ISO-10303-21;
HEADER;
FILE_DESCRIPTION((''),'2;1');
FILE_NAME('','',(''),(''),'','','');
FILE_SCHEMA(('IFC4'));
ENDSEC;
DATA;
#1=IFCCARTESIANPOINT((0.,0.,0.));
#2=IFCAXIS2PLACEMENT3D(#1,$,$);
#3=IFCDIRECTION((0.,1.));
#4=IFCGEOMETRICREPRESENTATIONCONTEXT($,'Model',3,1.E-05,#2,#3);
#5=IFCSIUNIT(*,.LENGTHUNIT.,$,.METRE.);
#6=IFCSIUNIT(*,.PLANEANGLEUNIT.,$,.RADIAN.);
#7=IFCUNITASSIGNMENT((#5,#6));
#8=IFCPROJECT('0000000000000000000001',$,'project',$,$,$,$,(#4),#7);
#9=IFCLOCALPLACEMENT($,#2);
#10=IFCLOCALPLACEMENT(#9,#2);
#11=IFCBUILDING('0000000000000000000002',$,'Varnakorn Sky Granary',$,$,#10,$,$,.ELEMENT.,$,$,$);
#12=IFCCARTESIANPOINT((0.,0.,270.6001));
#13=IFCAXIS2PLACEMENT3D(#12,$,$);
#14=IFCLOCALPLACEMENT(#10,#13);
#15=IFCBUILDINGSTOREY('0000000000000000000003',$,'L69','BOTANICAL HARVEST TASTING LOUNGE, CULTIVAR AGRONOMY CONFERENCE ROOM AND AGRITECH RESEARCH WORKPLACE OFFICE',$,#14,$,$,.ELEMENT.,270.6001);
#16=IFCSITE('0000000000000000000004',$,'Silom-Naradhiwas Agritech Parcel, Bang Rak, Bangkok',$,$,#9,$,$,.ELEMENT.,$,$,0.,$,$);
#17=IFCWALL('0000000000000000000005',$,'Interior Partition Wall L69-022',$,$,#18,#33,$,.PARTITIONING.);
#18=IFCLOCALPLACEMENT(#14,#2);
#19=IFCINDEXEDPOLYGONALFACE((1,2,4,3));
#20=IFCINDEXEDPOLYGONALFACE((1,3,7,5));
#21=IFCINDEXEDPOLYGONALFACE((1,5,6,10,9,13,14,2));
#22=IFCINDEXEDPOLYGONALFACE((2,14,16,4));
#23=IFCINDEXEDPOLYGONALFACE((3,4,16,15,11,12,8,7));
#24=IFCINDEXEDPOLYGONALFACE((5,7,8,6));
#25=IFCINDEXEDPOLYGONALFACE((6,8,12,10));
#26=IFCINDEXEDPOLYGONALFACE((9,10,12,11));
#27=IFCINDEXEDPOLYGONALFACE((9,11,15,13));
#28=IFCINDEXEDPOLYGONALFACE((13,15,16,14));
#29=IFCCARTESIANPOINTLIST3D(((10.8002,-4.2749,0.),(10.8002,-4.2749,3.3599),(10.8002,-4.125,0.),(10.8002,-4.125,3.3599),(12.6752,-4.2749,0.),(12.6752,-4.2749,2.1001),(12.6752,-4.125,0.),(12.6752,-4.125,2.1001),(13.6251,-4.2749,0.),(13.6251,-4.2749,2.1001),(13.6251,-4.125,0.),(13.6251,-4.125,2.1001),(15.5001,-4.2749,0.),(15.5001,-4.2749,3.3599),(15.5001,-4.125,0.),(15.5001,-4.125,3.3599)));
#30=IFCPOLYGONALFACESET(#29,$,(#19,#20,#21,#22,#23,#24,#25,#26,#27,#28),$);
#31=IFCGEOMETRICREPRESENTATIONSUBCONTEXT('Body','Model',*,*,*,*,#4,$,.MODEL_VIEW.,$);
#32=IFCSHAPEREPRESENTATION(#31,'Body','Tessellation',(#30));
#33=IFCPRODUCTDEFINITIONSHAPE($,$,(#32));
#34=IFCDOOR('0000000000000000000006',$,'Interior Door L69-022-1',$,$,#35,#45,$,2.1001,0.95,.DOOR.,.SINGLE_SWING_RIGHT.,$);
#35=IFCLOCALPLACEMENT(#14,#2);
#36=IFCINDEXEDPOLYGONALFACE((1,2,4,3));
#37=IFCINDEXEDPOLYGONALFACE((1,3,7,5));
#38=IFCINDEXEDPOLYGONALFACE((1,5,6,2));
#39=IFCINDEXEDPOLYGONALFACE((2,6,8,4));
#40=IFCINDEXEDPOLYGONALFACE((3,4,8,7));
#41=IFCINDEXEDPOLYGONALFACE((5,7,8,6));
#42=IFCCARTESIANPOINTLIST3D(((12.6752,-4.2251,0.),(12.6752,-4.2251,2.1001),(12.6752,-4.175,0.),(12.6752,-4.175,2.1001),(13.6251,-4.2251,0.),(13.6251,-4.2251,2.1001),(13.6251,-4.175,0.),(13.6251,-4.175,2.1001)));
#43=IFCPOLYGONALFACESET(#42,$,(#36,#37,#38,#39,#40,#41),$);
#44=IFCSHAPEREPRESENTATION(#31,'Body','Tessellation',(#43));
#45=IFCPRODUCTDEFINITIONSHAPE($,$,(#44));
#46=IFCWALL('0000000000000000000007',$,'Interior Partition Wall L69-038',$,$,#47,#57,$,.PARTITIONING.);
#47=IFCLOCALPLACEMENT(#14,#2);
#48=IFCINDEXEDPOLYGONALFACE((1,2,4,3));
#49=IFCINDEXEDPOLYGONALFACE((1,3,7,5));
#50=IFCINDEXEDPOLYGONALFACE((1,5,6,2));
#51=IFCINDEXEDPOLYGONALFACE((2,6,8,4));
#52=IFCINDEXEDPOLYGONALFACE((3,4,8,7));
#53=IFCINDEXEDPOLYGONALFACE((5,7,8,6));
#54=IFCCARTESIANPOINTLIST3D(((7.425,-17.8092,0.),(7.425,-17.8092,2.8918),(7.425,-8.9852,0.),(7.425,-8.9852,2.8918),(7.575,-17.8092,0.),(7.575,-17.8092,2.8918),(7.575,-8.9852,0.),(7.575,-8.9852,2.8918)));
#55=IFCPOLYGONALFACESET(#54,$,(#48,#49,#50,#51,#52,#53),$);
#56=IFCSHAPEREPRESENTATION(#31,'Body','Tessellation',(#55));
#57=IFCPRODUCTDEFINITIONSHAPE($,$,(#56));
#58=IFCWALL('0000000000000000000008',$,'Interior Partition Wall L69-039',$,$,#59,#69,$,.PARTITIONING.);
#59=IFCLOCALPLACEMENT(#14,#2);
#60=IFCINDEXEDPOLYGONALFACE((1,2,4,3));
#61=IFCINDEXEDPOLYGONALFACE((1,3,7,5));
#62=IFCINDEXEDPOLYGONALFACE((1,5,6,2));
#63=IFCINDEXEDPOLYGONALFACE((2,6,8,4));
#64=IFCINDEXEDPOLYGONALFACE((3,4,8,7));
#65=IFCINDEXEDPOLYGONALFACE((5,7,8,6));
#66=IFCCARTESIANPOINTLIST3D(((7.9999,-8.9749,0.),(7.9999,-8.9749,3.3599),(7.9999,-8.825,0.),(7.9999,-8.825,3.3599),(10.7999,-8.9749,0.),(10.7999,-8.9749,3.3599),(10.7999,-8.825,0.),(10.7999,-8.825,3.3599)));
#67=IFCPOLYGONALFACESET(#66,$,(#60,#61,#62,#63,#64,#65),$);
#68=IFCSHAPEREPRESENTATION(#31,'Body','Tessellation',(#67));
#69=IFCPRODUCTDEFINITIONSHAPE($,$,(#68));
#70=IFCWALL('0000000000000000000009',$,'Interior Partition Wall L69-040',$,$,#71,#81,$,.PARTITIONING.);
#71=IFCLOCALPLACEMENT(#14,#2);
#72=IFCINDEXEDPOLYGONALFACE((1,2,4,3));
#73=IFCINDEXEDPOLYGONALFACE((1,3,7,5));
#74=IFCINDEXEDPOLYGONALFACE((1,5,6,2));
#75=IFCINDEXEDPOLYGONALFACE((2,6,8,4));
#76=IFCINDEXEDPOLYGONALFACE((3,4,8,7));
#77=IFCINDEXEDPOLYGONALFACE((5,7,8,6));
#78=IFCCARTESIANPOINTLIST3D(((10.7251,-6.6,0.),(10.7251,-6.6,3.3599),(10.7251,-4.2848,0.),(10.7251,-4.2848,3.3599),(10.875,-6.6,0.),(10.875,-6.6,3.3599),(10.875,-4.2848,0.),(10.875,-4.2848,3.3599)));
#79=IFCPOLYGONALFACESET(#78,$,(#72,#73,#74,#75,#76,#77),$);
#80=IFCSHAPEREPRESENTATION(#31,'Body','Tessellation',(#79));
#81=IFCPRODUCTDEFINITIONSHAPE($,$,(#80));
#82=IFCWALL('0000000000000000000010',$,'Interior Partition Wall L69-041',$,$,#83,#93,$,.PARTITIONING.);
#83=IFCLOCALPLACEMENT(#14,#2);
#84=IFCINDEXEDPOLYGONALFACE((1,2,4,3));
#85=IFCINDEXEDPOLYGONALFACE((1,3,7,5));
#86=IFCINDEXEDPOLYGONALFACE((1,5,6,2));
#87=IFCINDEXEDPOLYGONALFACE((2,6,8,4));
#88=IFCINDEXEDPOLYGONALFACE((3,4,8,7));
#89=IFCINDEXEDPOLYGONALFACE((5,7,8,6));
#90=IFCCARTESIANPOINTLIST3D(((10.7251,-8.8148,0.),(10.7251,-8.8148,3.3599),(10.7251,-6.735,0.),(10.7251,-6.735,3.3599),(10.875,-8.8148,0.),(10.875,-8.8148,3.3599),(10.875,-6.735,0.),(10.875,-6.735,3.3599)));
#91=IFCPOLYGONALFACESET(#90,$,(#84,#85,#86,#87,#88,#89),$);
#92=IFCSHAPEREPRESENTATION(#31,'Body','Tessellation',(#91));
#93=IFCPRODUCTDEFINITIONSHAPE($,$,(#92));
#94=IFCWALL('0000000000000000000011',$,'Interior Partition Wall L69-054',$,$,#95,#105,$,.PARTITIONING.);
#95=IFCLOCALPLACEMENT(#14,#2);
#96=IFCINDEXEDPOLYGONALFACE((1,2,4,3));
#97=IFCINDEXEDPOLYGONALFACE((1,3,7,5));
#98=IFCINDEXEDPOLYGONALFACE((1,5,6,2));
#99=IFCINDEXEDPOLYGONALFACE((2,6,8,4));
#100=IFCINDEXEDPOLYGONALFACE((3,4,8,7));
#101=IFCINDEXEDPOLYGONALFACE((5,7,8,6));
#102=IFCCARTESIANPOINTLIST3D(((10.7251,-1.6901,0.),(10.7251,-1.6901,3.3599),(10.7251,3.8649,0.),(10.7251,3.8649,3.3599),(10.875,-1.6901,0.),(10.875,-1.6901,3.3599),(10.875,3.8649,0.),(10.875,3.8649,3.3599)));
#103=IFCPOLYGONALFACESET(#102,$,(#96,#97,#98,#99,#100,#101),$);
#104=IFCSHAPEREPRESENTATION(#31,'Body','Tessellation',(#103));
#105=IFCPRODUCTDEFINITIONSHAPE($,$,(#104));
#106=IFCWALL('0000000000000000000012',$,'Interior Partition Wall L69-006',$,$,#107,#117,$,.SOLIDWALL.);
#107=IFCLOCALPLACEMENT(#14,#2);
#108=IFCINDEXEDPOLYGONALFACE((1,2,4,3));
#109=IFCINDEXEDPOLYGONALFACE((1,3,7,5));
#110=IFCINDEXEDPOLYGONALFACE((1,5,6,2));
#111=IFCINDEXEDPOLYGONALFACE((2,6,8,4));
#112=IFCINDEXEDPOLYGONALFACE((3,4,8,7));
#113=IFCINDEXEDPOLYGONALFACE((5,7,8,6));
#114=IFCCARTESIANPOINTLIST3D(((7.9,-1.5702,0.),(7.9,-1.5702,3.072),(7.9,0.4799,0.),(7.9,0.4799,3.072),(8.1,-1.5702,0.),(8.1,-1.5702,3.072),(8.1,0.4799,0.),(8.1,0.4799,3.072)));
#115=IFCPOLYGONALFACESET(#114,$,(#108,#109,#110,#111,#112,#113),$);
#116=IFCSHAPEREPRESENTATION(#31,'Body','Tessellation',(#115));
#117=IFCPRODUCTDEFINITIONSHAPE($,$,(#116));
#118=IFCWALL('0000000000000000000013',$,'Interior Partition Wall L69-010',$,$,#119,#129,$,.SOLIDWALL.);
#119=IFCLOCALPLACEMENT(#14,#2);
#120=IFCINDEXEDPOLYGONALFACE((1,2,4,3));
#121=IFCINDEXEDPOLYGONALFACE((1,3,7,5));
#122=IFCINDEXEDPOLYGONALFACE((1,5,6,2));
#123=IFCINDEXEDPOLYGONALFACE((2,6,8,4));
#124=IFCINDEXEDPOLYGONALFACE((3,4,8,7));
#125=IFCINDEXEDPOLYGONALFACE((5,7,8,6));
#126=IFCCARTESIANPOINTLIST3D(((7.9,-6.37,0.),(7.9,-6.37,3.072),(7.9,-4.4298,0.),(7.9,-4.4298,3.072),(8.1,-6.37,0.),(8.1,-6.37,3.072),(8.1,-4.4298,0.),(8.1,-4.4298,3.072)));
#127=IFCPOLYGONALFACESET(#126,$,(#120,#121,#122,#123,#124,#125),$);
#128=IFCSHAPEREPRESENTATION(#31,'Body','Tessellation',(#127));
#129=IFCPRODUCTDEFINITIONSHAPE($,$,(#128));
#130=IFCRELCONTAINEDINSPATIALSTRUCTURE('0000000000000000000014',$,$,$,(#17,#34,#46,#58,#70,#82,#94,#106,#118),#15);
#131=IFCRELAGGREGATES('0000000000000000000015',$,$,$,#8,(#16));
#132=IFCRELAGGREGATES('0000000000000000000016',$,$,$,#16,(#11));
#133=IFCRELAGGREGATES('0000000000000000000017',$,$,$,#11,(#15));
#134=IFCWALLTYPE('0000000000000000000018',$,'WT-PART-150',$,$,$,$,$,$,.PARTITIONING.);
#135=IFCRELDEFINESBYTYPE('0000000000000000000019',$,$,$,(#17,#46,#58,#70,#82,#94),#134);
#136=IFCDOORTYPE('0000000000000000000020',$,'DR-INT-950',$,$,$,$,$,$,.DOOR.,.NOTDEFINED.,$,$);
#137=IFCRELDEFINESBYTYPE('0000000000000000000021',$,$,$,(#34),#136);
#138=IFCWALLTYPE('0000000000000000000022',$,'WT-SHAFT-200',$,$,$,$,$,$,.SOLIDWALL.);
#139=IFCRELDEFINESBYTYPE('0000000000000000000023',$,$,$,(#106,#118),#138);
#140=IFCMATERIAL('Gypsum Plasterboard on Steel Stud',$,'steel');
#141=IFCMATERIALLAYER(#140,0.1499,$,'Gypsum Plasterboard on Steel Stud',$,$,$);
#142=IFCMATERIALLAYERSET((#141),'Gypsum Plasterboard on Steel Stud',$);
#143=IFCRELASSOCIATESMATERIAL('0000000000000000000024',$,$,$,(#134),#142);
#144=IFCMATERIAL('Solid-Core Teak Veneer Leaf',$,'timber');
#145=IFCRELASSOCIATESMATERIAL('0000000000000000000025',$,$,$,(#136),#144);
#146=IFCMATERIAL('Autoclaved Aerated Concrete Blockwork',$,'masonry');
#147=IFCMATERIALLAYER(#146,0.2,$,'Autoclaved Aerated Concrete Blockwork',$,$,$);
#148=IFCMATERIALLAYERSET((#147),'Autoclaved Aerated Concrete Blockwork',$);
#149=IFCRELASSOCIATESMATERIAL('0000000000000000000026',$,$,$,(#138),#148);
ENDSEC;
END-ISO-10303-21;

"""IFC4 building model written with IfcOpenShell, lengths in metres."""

from ifc_helpers import new_model, si_unit, direction, frame, frame_2d, origin, place, context, subcontext, project, spatial, rectangle, extrude, material, layer, layer_set, type_object, element, fill, save


model = new_model("IFC4")

# Units and contexts
model_context = context("Model", 3, precision=1e-05, world=origin(), true_north=direction((0.0, 1.0)))
body_context = subcontext(model_context, "Body", "Model", "MODEL_VIEW")
ifc_project = project(units=[si_unit("LENGTHUNIT", "METRE"), si_unit("PLANEANGLEUNIT", "RADIAN")], contexts=[model_context])

# Site, building, storey
site_placement = place(None, origin())
site = spatial("IfcSite", under=ifc_project, at=site_placement, Name="Silom-Naradhiwas Agritech Parcel, Bang Rak, Bangkok", CompositionType="ELEMENT", RefElevation=0.0)
building_placement = place(site_placement, origin())
building = spatial("IfcBuilding", under=site, at=building_placement, Name="Varnakorn Sky Granary", CompositionType="ELEMENT")
storey_placement = place(building_placement, frame((0.0, 0.0, 270.6001)))
storey = spatial("IfcBuildingStorey", under=building, at=storey_placement, Name="L69", Description="BOTANICAL HARVEST TASTING LOUNGE, CULTIVAR AGRONOMY CONFERENCE ROOM AND AGRITECH RESEARCH WORKPLACE OFFICE", CompositionType="ELEMENT", Elevation=270.6001)

# Wall, opening, door
ifc_material_1 = material(Name="Autoclaved Aerated Concrete Blockwork", Category="masonry")
ifc_material_2 = material(Name="Gypsum Plasterboard on Steel Stud", Category="steel")
ifc_layer_1 = layer(ifc_material_2, 0.1499, Name="Gypsum Plasterboard on Steel Stud")
ifc_layer_set_1 = layer_set([ifc_layer_1], Name="Gypsum Plasterboard on Steel Stud")
wall_type_1 = type_object("IfcWallType", Name="WT-PART-150", PredefinedType="PARTITIONING", material=ifc_layer_set_1)
wall_1_placement = place(storey_placement, frame((10.8, -4.2, 0.0), z_axis=(0.0, 0.0, 1.0), x_axis=(1.0, 0.0, 0.0)))
wall_1 = element("IfcWall", 1, at=wall_1_placement, inside=storey, type_object=wall_type_1, Name="Interior Partition Wall L69-022", PredefinedType="PARTITIONING", context=body_context, shape_type="SweptSolid", body=[
    extrude(rectangle(XDim=4.7, YDim=0.1499, at=frame_2d((2.3501, 0.0))), origin(), (0.0, 0.0, 1.0), 3.3599),
])
opening_1_placement = place(wall_1_placement, frame((1.875, 0.0, 0.0)))
opening_1 = element("IfcOpeningElement", 2, at=opening_1_placement, cuts=wall_1, PredefinedType="OPENING", context=body_context, shape_type="SweptSolid", body=[
    extrude(rectangle(XDim=0.95, YDim=2.1001, at=frame_2d((0.4751, 1.05))), frame((0.0, 0.085, 0.0), z_axis=(0.0, -1.0, 0.0), x_axis=(1.0, 0.0, 0.0)), (0.0, 0.0, 1.0), 0.1699),
])
ifc_material_3 = material(Name="Solid-Core Teak Veneer Leaf", Category="timber")
door_type_1 = type_object("IfcDoorType", Name="DR-INT-950", OperationType="NOTDEFINED", PredefinedType="DOOR", material=ifc_material_3)
door_1_placement = place(opening_1_placement, origin())
door_1 = element("IfcDoor", 3, at=door_1_placement, inside=storey, type_object=door_type_1, Name="Interior Door L69-022-1", OperationType="SINGLE_SWING_RIGHT", OverallHeight=2.1001, OverallWidth=0.95, PredefinedType="DOOR", context=body_context, shape_type="SweptSolid", body=[
    extrude(rectangle(XDim=0.95, YDim=2.1001, at=frame_2d((0.4751, 1.05))), frame((0.0, 0.0249, 0.0), z_axis=(0.0, -1.0, 0.0), x_axis=(1.0, 0.0, 0.0)), (0.0, 0.0, 1.0), 0.05),
])
fill(opening_1, door_1)

# Walls
wall_2_placement = place(storey_placement, frame((7.5, -8.9851, 0.0), z_axis=(0.0, 0.0, 1.0), x_axis=(0.0, -1.0, 0.0)))
element("IfcWall", 4, at=wall_2_placement, inside=storey, type_object=wall_type_1, Name="Interior Partition Wall L69-038", PredefinedType="PARTITIONING", context=body_context, shape_type="SweptSolid", body=[
    extrude(rectangle(XDim=8.824, YDim=0.1499, at=frame_2d((4.4121, 0.0))), origin(), (0.0, 0.0, 1.0), 2.8918),
])
wall_3_placement = place(storey_placement, frame((8.0, -8.8999, 0.0), z_axis=(0.0, 0.0, 1.0), x_axis=(1.0, 0.0, 0.0)))
element("IfcWall", 5, at=wall_3_placement, inside=storey, type_object=wall_type_1, Name="Interior Partition Wall L69-039", PredefinedType="PARTITIONING", context=body_context, shape_type="SweptSolid", body=[
    extrude(rectangle(XDim=2.8, YDim=0.1499, at=frame_2d((1.3999, 0.0))), origin(), (0.0, 0.0, 1.0), 3.3599),
])
wall_4_placement = place(storey_placement, frame((10.8, -6.6001, 0.0), z_axis=(0.0, 0.0, 1.0), x_axis=(0.0, 1.0, 0.0)))
element("IfcWall", 6, at=wall_4_placement, inside=storey, type_object=wall_type_1, Name="Interior Partition Wall L69-040", PredefinedType="PARTITIONING", context=body_context, shape_type="SweptSolid", body=[
    extrude(rectangle(XDim=2.3152, YDim=0.1499, at=frame_2d((1.1577, 0.0))), origin(), (0.0, 0.0, 1.0), 3.3599),
])
wall_5_placement = place(storey_placement, frame((10.8, -8.8149, 0.0), z_axis=(0.0, 0.0, 1.0), x_axis=(0.0, 1.0, 0.0)))
element("IfcWall", 7, at=wall_5_placement, inside=storey, type_object=wall_type_1, Name="Interior Partition Wall L69-041", PredefinedType="PARTITIONING", context=body_context, shape_type="SweptSolid", body=[
    extrude(rectangle(XDim=2.0798, YDim=0.1499, at=frame_2d((1.04, 0.0))), origin(), (0.0, 0.0, 1.0), 3.3599),
])
wall_6_placement = place(storey_placement, frame((10.8, -1.6899, 0.0), z_axis=(0.0, 0.0, 1.0), x_axis=(0.0, 1.0, 0.0)))
element("IfcWall", 8, at=wall_6_placement, inside=storey, type_object=wall_type_1, Name="Interior Partition Wall L69-054", PredefinedType="PARTITIONING", context=body_context, shape_type="SweptSolid", body=[
    extrude(rectangle(XDim=5.5549, YDim=0.1499, at=frame_2d((2.7773, 0.0))), origin(), (0.0, 0.0, 1.0), 3.3599),
])
ifc_layer_2 = layer(ifc_material_1, 0.2, Name="Autoclaved Aerated Concrete Blockwork")
ifc_layer_set_2 = layer_set([ifc_layer_2], Name="Autoclaved Aerated Concrete Blockwork")
wall_type_2 = type_object("IfcWallType", Name="WT-SHAFT-200", PredefinedType="SOLIDWALL", material=ifc_layer_set_2)
wall_7_placement = place(storey_placement, frame((8.0, -1.5701, 0.0), z_axis=(0.0, 0.0, 1.0), x_axis=(0.0, 1.0, 0.0)))
element("IfcWall", 9, at=wall_7_placement, inside=storey, type_object=wall_type_2, Name="Interior Partition Wall L69-006", PredefinedType="SOLIDWALL", context=body_context, shape_type="SweptSolid", body=[
    extrude(rectangle(XDim=2.05, YDim=0.2, at=frame_2d((1.0249, 0.0))), origin(), (0.0, 0.0, 1.0), 3.072),
])
wall_8_placement = place(storey_placement, frame((8.0, -6.3701, 0.0), z_axis=(0.0, 0.0, 1.0), x_axis=(0.0, 1.0, 0.0)))
element("IfcWall", 10, at=wall_8_placement, inside=storey, type_object=wall_type_2, Name="Interior Partition Wall L69-010", PredefinedType="SOLIDWALL", context=body_context, shape_type="SweptSolid", body=[
    extrude(rectangle(XDim=1.9402, YDim=0.2, at=frame_2d((0.9702, 0.0))), origin(), (0.0, 0.0, 1.0), 3.072),
])

save(model, "model.ifc")
